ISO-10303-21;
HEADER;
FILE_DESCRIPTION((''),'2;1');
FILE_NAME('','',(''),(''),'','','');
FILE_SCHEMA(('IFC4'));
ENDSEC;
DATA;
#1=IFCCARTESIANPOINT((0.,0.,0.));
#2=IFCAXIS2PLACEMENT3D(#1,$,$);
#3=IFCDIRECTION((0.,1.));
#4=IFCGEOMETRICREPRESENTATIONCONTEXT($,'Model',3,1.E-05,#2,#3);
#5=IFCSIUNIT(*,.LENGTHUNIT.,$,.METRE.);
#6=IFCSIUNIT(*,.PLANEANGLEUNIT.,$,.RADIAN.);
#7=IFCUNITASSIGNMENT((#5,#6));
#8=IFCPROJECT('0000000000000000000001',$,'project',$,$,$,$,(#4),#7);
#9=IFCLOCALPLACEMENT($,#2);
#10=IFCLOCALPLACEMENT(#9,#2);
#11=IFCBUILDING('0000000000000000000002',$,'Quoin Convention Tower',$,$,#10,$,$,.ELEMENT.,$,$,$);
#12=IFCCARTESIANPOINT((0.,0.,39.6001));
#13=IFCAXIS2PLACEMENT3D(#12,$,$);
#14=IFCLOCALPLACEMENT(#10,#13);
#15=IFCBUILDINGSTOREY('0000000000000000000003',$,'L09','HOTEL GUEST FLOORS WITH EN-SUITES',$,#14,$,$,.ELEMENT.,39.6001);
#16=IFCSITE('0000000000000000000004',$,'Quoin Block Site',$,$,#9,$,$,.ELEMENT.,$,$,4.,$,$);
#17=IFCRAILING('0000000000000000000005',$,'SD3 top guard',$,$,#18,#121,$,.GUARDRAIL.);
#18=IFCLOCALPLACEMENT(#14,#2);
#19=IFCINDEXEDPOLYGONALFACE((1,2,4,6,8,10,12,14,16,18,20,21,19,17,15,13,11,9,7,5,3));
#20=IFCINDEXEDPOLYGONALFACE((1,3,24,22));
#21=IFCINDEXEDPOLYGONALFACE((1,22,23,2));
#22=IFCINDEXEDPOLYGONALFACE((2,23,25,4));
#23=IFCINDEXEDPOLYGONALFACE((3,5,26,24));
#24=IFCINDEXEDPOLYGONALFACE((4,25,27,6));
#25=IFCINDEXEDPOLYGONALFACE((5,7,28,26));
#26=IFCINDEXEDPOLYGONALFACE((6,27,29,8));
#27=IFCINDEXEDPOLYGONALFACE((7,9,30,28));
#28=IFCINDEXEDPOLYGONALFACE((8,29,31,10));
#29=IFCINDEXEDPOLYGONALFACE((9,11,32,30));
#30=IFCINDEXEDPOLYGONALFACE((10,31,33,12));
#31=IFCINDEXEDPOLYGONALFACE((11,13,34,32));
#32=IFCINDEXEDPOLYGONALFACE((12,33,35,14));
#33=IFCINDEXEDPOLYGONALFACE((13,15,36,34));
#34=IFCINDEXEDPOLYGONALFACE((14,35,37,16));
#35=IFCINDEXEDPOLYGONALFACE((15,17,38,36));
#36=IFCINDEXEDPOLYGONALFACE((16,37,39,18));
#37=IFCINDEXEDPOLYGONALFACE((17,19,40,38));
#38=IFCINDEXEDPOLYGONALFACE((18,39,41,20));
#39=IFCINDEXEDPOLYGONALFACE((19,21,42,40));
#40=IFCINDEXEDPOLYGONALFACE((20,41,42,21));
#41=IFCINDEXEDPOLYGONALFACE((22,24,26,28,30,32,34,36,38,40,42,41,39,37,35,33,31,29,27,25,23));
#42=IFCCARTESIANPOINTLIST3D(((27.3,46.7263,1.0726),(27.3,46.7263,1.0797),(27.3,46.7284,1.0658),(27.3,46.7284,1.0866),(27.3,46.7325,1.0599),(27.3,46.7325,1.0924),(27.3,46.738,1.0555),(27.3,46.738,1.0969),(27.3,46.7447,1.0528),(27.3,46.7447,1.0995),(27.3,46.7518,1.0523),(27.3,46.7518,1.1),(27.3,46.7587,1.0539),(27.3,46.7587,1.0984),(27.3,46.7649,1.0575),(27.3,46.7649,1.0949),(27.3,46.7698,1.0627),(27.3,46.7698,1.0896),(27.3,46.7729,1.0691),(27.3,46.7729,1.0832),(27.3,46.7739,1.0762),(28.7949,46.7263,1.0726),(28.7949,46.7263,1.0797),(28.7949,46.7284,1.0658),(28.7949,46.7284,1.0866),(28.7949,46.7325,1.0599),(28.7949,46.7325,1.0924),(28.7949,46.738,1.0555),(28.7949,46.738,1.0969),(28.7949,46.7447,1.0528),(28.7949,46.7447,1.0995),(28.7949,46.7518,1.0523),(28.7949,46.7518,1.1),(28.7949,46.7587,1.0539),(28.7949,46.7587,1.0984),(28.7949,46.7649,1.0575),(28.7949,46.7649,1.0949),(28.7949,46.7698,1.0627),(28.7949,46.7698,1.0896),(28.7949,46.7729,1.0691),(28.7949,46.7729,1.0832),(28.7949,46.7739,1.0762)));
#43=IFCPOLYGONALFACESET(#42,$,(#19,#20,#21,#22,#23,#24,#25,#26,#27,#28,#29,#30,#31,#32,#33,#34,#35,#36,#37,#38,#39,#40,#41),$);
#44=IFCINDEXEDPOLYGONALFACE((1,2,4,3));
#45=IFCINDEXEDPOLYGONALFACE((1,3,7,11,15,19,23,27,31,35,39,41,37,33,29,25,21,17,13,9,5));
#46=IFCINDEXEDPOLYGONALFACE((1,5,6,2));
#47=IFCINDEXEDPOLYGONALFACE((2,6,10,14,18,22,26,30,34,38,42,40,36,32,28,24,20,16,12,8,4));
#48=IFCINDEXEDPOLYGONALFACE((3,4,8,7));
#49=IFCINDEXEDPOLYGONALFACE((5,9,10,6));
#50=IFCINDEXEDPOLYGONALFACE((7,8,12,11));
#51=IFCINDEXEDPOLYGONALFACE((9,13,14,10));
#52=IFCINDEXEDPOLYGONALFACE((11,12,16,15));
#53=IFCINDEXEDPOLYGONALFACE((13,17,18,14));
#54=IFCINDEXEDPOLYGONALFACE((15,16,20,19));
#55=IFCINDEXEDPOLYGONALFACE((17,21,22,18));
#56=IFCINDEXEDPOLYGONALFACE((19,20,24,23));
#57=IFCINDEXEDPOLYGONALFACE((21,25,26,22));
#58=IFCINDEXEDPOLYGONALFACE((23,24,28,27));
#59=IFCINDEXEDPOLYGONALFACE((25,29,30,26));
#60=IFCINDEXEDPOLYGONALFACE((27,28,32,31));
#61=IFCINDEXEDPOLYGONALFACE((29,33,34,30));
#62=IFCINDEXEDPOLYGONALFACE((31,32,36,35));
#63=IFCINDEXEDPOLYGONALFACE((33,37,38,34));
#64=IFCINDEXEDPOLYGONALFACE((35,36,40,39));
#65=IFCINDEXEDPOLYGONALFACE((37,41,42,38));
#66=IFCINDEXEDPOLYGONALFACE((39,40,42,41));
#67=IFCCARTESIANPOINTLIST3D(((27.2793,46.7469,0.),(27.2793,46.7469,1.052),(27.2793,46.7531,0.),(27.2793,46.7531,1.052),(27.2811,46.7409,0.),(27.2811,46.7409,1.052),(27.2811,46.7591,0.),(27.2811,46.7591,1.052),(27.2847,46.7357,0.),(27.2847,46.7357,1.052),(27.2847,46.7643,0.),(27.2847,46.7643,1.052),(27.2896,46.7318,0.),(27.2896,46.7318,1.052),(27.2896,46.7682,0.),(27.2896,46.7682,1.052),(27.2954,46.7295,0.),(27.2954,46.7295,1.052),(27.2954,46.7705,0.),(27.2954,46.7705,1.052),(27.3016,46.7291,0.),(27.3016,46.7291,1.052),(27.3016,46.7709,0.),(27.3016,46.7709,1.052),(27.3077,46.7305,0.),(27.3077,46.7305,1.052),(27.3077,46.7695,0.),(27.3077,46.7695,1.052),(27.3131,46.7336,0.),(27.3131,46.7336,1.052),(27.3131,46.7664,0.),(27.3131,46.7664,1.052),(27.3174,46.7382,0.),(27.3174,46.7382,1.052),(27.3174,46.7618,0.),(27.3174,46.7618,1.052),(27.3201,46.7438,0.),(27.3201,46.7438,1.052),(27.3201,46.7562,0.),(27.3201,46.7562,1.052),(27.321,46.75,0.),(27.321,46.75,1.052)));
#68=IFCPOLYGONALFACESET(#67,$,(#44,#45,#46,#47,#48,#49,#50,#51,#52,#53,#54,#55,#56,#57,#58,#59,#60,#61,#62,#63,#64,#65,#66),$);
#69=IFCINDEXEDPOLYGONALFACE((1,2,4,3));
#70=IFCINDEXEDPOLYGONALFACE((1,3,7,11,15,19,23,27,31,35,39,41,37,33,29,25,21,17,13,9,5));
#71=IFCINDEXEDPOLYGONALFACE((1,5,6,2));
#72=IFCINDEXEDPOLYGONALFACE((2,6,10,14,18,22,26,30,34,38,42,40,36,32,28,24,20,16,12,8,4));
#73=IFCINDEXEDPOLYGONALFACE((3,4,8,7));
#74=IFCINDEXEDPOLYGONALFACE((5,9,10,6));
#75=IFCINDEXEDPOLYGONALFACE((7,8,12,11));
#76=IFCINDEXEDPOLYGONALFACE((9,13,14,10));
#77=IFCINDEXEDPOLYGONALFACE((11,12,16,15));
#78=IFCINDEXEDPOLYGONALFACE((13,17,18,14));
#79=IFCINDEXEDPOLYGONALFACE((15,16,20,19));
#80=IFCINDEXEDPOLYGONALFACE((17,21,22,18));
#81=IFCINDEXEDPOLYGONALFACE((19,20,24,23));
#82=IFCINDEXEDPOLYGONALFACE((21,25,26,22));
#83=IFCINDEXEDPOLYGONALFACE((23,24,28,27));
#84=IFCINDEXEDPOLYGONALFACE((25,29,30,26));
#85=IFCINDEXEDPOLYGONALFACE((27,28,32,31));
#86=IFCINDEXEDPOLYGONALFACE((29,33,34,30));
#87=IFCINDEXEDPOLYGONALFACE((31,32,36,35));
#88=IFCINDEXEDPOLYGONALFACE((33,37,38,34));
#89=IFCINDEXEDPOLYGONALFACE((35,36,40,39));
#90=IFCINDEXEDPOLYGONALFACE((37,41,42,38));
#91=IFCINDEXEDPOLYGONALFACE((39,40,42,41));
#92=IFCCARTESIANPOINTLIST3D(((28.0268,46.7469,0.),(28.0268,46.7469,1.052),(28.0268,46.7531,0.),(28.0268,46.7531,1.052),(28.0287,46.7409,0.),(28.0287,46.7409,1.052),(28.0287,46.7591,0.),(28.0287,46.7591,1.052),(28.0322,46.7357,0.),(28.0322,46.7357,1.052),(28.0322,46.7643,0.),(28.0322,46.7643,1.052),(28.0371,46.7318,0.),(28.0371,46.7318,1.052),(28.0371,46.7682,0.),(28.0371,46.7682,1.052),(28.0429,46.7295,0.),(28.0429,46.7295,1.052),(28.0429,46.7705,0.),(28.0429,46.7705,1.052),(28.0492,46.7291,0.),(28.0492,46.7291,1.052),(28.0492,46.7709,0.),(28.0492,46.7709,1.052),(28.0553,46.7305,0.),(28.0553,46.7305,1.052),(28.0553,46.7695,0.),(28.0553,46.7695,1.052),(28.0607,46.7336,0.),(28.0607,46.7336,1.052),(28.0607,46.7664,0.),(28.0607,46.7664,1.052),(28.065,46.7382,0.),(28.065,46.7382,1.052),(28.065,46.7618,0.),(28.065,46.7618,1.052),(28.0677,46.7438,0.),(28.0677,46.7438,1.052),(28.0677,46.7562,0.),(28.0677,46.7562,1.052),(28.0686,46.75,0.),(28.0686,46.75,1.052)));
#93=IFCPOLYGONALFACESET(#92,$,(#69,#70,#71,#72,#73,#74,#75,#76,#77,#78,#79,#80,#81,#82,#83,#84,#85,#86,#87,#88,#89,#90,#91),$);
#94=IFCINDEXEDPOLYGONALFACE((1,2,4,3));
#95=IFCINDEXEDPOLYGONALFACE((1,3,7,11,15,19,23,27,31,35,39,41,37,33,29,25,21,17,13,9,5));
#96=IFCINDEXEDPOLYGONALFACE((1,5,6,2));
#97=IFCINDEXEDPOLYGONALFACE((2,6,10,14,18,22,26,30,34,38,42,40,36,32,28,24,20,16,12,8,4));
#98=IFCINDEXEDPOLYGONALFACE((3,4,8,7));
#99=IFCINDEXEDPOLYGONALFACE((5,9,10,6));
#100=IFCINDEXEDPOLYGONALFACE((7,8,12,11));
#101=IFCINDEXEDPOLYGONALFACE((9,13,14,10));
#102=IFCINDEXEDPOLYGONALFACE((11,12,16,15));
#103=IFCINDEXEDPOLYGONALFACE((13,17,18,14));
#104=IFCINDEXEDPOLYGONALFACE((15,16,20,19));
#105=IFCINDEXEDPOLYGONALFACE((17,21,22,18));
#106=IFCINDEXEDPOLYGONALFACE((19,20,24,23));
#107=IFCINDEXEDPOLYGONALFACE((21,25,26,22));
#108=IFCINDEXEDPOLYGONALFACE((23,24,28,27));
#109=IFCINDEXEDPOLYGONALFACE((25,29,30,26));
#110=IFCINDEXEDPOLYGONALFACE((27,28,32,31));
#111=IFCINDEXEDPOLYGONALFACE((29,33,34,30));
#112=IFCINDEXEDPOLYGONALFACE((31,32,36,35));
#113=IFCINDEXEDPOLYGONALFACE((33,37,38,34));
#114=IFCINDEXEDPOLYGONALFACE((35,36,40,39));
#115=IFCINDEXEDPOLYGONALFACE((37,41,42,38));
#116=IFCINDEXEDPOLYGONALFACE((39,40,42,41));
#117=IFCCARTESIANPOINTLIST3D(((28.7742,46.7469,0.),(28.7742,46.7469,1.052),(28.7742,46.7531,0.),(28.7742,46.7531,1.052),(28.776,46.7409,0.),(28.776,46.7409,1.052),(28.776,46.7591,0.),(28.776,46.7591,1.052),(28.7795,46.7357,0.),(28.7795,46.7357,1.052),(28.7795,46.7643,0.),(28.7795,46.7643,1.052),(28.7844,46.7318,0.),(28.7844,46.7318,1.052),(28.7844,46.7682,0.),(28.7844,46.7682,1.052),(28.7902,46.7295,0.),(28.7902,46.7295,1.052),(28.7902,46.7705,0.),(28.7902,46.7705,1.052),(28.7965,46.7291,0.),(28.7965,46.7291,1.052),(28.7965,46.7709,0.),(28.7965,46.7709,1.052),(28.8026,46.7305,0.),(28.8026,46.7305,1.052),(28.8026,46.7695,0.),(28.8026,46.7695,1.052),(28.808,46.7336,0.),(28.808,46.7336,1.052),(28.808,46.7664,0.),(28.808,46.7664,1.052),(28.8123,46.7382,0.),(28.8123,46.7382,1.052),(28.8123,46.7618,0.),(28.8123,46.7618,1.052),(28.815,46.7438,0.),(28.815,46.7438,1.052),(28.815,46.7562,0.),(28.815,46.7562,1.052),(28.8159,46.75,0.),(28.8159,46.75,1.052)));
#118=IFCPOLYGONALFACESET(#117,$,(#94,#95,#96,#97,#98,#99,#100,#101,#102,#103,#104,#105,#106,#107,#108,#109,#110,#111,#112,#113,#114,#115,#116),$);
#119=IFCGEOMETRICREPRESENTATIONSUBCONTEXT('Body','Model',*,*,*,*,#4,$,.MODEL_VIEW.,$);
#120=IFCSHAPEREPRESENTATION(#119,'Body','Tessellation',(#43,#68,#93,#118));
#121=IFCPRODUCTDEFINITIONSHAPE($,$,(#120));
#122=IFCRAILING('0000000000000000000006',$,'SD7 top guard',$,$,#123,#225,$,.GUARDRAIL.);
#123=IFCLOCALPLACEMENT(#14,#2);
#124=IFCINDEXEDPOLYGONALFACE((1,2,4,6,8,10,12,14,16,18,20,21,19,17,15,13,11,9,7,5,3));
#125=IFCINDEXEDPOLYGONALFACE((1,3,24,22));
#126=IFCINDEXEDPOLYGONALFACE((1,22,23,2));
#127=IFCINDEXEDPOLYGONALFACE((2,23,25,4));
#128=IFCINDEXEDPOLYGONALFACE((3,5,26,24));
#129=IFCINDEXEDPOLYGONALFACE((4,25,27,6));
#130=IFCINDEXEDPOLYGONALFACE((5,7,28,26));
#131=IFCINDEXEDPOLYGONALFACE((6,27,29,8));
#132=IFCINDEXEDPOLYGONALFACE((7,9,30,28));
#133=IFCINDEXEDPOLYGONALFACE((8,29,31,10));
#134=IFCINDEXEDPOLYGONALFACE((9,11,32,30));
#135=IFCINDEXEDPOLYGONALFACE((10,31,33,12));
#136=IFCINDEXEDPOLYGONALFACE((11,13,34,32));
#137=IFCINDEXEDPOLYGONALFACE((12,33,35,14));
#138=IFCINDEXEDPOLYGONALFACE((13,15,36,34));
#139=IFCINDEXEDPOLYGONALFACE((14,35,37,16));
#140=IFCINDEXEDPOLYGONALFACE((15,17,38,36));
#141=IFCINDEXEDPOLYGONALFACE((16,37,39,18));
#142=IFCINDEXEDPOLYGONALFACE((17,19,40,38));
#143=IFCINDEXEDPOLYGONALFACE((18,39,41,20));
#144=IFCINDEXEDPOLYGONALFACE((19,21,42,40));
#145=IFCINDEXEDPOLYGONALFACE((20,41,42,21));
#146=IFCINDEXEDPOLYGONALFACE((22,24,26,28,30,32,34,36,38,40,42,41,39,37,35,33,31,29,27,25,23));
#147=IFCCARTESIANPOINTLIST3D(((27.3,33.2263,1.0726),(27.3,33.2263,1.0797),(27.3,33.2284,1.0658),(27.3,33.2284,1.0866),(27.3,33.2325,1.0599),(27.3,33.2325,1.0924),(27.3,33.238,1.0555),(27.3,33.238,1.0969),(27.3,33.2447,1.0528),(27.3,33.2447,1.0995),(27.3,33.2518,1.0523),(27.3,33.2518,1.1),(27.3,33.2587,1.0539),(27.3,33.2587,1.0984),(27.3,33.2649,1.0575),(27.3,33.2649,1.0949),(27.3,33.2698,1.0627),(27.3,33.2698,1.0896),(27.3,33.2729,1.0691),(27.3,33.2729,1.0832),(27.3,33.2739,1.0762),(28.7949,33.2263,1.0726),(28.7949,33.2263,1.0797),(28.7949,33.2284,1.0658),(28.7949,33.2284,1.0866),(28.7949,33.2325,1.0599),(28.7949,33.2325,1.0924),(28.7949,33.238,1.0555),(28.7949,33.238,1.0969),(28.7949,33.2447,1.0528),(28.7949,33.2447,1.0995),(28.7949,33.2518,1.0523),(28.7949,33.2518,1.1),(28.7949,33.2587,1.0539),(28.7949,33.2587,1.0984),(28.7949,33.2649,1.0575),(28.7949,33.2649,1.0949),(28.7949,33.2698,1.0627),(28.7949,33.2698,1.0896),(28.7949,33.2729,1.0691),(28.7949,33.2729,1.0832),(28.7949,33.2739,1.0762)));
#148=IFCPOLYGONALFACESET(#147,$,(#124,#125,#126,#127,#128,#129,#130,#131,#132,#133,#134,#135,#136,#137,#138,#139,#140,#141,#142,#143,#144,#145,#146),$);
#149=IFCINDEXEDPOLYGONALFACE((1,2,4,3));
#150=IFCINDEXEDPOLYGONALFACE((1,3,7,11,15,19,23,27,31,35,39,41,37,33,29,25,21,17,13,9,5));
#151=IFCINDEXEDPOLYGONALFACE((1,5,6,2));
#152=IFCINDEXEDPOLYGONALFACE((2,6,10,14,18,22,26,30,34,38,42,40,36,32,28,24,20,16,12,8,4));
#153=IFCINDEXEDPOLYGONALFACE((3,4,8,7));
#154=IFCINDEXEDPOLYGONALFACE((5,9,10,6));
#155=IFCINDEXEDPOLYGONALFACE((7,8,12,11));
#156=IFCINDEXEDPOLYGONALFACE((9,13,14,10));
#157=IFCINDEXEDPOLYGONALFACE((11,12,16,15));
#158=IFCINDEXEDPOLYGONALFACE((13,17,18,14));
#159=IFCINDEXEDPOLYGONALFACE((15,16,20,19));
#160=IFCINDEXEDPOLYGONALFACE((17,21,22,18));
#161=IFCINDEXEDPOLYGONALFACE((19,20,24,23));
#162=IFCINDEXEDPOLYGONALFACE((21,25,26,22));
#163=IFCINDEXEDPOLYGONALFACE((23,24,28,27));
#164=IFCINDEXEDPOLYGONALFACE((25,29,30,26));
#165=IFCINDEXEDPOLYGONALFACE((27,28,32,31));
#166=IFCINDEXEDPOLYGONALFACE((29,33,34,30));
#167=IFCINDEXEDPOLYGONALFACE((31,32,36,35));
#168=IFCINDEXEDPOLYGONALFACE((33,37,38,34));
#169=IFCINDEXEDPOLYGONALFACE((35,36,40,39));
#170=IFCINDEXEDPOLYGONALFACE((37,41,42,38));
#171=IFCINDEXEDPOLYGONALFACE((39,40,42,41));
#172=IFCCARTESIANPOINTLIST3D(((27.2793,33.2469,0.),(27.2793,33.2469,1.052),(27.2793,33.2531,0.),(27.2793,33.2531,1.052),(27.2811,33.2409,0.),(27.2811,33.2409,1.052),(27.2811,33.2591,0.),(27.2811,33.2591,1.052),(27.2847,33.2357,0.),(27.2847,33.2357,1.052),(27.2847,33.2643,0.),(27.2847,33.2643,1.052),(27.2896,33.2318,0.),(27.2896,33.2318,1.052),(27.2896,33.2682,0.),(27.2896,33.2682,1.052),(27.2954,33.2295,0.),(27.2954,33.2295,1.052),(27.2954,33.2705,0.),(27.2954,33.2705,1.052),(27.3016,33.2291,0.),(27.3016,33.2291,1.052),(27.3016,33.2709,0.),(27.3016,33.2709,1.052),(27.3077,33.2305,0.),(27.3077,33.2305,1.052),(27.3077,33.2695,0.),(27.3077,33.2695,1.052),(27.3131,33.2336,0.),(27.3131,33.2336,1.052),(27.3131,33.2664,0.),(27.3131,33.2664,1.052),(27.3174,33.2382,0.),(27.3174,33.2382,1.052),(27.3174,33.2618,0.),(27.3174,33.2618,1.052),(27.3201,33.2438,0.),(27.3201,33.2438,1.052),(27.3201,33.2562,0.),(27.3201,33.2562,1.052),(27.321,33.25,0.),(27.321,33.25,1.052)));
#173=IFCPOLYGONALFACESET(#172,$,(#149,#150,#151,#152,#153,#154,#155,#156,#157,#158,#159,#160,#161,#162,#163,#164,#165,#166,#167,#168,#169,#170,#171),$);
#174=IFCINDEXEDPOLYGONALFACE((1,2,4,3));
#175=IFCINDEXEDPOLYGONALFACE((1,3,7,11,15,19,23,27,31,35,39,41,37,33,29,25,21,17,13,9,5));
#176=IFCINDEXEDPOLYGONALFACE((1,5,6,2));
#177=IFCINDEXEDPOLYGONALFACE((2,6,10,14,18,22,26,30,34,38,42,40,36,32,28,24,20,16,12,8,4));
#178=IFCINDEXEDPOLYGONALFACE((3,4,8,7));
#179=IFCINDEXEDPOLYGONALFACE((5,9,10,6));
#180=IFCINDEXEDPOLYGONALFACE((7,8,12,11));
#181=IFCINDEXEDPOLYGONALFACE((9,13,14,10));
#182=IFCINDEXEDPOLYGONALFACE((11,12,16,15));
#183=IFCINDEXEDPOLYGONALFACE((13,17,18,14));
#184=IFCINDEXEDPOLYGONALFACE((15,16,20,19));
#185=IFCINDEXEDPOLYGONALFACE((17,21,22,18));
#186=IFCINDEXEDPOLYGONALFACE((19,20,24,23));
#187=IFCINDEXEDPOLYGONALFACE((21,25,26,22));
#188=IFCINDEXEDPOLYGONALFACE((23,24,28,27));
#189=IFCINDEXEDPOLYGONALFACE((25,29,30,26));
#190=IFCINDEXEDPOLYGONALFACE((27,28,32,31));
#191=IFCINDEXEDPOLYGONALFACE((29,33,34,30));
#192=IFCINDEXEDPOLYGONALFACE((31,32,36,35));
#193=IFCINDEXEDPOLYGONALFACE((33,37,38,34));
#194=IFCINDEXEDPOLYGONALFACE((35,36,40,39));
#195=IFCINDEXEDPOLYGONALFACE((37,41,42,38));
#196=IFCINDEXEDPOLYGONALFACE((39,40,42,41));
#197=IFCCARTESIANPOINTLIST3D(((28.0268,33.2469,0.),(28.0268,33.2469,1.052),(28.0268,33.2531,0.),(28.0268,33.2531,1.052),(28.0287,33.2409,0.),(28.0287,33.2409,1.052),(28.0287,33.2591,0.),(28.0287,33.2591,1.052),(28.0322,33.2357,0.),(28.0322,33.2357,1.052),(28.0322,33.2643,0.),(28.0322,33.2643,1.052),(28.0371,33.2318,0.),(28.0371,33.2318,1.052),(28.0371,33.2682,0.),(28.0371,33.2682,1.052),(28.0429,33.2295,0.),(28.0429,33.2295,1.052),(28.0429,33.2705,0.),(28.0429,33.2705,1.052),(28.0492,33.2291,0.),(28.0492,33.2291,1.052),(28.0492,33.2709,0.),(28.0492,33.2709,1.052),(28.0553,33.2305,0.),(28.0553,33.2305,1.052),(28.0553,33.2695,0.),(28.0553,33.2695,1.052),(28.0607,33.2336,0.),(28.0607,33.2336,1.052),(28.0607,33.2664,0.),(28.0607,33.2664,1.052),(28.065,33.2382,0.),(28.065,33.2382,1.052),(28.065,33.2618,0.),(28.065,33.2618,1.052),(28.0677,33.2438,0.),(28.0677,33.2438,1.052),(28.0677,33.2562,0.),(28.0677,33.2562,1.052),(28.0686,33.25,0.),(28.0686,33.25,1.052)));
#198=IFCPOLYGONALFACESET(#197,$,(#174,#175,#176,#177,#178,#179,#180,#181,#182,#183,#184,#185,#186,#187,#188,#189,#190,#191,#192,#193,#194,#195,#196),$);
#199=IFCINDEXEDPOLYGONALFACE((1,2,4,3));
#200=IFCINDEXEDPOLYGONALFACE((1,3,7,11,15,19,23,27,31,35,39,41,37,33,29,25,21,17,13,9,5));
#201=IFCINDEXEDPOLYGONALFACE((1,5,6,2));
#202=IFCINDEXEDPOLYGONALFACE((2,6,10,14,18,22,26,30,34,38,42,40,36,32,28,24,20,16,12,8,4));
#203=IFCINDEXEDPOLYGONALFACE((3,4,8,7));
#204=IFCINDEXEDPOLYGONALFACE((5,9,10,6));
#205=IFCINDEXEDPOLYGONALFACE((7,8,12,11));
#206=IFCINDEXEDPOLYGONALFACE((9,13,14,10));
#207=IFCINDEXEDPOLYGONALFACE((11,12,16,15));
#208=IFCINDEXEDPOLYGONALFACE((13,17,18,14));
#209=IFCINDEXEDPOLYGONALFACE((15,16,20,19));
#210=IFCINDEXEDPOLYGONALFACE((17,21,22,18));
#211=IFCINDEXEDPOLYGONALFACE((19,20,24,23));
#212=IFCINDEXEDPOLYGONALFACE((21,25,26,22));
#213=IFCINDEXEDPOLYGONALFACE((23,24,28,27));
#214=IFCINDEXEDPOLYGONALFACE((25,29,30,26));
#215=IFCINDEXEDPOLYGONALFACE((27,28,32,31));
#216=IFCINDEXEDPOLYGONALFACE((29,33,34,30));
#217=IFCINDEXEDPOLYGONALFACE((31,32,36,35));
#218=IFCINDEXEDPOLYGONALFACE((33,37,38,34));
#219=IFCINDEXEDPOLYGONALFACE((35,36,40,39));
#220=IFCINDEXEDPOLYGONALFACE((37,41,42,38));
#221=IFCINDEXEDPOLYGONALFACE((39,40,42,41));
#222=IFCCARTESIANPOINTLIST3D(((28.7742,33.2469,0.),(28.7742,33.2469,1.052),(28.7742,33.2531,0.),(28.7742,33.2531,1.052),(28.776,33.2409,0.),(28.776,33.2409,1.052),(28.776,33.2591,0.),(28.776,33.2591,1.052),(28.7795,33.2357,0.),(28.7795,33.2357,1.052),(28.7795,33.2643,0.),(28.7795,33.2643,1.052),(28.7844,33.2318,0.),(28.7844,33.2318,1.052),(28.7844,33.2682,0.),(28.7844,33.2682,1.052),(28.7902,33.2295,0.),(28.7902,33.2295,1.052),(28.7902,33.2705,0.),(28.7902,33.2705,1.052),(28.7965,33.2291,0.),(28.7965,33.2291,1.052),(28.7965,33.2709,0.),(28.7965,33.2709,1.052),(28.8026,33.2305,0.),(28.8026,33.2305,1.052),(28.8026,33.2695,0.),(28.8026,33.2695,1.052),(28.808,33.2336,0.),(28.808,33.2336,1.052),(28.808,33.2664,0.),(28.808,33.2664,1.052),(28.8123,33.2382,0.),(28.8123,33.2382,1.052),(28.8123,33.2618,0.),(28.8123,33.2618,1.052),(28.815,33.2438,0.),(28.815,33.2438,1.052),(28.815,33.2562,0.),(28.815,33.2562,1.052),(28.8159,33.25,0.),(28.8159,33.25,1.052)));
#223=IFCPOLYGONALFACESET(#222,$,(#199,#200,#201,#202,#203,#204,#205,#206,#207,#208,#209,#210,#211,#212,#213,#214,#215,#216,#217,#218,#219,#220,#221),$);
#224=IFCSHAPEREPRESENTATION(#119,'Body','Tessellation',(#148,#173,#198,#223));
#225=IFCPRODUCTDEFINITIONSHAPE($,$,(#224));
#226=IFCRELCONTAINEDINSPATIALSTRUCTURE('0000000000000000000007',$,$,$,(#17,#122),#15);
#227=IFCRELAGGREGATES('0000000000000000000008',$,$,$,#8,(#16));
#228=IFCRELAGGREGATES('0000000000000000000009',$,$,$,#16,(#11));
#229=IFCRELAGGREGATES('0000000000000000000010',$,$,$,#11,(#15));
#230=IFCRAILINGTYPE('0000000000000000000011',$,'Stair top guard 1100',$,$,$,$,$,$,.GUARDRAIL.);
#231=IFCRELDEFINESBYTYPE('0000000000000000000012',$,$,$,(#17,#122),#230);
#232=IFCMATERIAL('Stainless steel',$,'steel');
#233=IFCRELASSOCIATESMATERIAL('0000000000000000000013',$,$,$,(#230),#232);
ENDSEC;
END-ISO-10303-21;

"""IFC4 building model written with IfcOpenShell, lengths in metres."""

from ifc_helpers import new_model, si_unit, direction, frame, origin, origin_2d, place, context, subcontext, project, spatial, circle, extrude, material, type_object, element, save


model = new_model("IFC4")

# Units and contexts
model_context = context("Model", 3, precision=1e-05, world=origin(), true_north=direction((0.0, 1.0)))
body_context = subcontext(model_context, "Body", "Model", "MODEL_VIEW")
ifc_project = project(units=[si_unit("LENGTHUNIT", "METRE"), si_unit("PLANEANGLEUNIT", "RADIAN")], contexts=[model_context])

# Site, building, storey
site_placement = place(None, origin())
site = spatial("IfcSite", under=ifc_project, at=site_placement, Name="Quoin Block Site", CompositionType="ELEMENT", RefElevation=4.0)
building_placement = place(site_placement, origin())
building = spatial("IfcBuilding", under=site, at=building_placement, Name="Quoin Convention Tower", CompositionType="ELEMENT")
storey_placement = place(building_placement, frame((0.0, 0.0, 39.6001)))
storey = spatial("IfcBuildingStorey", under=building, at=storey_placement, Name="L09", Description="HOTEL GUEST FLOORS WITH EN-SUITES", CompositionType="ELEMENT", Elevation=39.6001)

# Railings
ifc_material_1 = material(Name="Stainless steel", Category="steel")
railing_type_1 = type_object("IfcRailingType", Name="Stair top guard 1100", PredefinedType="GUARDRAIL", material=ifc_material_1)
for number, where, name in (
    (1, (27.3, 46.75, 0.0), "SD3 top guard"),
    (2, (27.3, 33.25, 0.0), "SD7 top guard"),
):
    element("IfcRailing", number, at=place(storey_placement, frame(where)), inside=storey, type_object=railing_type_1, Name=name, PredefinedType="GUARDRAIL", context=body_context, shape_type="SweptSolid", body=[
        extrude(circle(Radius=0.0239, at=origin_2d()), frame((0.0, 0.0, 1.0762), z_axis=(1.0, 0.0, 0.0), x_axis=(0.0, 1.0, 0.0)), (0.0, 0.0, 1.0), 1.4949),
        extrude(circle(Radius=0.021, at=origin_2d()), origin(), (0.0, 0.0, 1.0), 1.052),
        extrude(circle(Radius=0.021, at=origin_2d()), frame((0.7476, 0.0, 0.0)), (0.0, 0.0, 1.0), 1.052),
        extrude(circle(Radius=0.021, at=origin_2d()), frame((1.4949, 0.0, 0.0)), (0.0, 0.0, 1.0), 1.052),
    ])

save(model, "model.ifc")
